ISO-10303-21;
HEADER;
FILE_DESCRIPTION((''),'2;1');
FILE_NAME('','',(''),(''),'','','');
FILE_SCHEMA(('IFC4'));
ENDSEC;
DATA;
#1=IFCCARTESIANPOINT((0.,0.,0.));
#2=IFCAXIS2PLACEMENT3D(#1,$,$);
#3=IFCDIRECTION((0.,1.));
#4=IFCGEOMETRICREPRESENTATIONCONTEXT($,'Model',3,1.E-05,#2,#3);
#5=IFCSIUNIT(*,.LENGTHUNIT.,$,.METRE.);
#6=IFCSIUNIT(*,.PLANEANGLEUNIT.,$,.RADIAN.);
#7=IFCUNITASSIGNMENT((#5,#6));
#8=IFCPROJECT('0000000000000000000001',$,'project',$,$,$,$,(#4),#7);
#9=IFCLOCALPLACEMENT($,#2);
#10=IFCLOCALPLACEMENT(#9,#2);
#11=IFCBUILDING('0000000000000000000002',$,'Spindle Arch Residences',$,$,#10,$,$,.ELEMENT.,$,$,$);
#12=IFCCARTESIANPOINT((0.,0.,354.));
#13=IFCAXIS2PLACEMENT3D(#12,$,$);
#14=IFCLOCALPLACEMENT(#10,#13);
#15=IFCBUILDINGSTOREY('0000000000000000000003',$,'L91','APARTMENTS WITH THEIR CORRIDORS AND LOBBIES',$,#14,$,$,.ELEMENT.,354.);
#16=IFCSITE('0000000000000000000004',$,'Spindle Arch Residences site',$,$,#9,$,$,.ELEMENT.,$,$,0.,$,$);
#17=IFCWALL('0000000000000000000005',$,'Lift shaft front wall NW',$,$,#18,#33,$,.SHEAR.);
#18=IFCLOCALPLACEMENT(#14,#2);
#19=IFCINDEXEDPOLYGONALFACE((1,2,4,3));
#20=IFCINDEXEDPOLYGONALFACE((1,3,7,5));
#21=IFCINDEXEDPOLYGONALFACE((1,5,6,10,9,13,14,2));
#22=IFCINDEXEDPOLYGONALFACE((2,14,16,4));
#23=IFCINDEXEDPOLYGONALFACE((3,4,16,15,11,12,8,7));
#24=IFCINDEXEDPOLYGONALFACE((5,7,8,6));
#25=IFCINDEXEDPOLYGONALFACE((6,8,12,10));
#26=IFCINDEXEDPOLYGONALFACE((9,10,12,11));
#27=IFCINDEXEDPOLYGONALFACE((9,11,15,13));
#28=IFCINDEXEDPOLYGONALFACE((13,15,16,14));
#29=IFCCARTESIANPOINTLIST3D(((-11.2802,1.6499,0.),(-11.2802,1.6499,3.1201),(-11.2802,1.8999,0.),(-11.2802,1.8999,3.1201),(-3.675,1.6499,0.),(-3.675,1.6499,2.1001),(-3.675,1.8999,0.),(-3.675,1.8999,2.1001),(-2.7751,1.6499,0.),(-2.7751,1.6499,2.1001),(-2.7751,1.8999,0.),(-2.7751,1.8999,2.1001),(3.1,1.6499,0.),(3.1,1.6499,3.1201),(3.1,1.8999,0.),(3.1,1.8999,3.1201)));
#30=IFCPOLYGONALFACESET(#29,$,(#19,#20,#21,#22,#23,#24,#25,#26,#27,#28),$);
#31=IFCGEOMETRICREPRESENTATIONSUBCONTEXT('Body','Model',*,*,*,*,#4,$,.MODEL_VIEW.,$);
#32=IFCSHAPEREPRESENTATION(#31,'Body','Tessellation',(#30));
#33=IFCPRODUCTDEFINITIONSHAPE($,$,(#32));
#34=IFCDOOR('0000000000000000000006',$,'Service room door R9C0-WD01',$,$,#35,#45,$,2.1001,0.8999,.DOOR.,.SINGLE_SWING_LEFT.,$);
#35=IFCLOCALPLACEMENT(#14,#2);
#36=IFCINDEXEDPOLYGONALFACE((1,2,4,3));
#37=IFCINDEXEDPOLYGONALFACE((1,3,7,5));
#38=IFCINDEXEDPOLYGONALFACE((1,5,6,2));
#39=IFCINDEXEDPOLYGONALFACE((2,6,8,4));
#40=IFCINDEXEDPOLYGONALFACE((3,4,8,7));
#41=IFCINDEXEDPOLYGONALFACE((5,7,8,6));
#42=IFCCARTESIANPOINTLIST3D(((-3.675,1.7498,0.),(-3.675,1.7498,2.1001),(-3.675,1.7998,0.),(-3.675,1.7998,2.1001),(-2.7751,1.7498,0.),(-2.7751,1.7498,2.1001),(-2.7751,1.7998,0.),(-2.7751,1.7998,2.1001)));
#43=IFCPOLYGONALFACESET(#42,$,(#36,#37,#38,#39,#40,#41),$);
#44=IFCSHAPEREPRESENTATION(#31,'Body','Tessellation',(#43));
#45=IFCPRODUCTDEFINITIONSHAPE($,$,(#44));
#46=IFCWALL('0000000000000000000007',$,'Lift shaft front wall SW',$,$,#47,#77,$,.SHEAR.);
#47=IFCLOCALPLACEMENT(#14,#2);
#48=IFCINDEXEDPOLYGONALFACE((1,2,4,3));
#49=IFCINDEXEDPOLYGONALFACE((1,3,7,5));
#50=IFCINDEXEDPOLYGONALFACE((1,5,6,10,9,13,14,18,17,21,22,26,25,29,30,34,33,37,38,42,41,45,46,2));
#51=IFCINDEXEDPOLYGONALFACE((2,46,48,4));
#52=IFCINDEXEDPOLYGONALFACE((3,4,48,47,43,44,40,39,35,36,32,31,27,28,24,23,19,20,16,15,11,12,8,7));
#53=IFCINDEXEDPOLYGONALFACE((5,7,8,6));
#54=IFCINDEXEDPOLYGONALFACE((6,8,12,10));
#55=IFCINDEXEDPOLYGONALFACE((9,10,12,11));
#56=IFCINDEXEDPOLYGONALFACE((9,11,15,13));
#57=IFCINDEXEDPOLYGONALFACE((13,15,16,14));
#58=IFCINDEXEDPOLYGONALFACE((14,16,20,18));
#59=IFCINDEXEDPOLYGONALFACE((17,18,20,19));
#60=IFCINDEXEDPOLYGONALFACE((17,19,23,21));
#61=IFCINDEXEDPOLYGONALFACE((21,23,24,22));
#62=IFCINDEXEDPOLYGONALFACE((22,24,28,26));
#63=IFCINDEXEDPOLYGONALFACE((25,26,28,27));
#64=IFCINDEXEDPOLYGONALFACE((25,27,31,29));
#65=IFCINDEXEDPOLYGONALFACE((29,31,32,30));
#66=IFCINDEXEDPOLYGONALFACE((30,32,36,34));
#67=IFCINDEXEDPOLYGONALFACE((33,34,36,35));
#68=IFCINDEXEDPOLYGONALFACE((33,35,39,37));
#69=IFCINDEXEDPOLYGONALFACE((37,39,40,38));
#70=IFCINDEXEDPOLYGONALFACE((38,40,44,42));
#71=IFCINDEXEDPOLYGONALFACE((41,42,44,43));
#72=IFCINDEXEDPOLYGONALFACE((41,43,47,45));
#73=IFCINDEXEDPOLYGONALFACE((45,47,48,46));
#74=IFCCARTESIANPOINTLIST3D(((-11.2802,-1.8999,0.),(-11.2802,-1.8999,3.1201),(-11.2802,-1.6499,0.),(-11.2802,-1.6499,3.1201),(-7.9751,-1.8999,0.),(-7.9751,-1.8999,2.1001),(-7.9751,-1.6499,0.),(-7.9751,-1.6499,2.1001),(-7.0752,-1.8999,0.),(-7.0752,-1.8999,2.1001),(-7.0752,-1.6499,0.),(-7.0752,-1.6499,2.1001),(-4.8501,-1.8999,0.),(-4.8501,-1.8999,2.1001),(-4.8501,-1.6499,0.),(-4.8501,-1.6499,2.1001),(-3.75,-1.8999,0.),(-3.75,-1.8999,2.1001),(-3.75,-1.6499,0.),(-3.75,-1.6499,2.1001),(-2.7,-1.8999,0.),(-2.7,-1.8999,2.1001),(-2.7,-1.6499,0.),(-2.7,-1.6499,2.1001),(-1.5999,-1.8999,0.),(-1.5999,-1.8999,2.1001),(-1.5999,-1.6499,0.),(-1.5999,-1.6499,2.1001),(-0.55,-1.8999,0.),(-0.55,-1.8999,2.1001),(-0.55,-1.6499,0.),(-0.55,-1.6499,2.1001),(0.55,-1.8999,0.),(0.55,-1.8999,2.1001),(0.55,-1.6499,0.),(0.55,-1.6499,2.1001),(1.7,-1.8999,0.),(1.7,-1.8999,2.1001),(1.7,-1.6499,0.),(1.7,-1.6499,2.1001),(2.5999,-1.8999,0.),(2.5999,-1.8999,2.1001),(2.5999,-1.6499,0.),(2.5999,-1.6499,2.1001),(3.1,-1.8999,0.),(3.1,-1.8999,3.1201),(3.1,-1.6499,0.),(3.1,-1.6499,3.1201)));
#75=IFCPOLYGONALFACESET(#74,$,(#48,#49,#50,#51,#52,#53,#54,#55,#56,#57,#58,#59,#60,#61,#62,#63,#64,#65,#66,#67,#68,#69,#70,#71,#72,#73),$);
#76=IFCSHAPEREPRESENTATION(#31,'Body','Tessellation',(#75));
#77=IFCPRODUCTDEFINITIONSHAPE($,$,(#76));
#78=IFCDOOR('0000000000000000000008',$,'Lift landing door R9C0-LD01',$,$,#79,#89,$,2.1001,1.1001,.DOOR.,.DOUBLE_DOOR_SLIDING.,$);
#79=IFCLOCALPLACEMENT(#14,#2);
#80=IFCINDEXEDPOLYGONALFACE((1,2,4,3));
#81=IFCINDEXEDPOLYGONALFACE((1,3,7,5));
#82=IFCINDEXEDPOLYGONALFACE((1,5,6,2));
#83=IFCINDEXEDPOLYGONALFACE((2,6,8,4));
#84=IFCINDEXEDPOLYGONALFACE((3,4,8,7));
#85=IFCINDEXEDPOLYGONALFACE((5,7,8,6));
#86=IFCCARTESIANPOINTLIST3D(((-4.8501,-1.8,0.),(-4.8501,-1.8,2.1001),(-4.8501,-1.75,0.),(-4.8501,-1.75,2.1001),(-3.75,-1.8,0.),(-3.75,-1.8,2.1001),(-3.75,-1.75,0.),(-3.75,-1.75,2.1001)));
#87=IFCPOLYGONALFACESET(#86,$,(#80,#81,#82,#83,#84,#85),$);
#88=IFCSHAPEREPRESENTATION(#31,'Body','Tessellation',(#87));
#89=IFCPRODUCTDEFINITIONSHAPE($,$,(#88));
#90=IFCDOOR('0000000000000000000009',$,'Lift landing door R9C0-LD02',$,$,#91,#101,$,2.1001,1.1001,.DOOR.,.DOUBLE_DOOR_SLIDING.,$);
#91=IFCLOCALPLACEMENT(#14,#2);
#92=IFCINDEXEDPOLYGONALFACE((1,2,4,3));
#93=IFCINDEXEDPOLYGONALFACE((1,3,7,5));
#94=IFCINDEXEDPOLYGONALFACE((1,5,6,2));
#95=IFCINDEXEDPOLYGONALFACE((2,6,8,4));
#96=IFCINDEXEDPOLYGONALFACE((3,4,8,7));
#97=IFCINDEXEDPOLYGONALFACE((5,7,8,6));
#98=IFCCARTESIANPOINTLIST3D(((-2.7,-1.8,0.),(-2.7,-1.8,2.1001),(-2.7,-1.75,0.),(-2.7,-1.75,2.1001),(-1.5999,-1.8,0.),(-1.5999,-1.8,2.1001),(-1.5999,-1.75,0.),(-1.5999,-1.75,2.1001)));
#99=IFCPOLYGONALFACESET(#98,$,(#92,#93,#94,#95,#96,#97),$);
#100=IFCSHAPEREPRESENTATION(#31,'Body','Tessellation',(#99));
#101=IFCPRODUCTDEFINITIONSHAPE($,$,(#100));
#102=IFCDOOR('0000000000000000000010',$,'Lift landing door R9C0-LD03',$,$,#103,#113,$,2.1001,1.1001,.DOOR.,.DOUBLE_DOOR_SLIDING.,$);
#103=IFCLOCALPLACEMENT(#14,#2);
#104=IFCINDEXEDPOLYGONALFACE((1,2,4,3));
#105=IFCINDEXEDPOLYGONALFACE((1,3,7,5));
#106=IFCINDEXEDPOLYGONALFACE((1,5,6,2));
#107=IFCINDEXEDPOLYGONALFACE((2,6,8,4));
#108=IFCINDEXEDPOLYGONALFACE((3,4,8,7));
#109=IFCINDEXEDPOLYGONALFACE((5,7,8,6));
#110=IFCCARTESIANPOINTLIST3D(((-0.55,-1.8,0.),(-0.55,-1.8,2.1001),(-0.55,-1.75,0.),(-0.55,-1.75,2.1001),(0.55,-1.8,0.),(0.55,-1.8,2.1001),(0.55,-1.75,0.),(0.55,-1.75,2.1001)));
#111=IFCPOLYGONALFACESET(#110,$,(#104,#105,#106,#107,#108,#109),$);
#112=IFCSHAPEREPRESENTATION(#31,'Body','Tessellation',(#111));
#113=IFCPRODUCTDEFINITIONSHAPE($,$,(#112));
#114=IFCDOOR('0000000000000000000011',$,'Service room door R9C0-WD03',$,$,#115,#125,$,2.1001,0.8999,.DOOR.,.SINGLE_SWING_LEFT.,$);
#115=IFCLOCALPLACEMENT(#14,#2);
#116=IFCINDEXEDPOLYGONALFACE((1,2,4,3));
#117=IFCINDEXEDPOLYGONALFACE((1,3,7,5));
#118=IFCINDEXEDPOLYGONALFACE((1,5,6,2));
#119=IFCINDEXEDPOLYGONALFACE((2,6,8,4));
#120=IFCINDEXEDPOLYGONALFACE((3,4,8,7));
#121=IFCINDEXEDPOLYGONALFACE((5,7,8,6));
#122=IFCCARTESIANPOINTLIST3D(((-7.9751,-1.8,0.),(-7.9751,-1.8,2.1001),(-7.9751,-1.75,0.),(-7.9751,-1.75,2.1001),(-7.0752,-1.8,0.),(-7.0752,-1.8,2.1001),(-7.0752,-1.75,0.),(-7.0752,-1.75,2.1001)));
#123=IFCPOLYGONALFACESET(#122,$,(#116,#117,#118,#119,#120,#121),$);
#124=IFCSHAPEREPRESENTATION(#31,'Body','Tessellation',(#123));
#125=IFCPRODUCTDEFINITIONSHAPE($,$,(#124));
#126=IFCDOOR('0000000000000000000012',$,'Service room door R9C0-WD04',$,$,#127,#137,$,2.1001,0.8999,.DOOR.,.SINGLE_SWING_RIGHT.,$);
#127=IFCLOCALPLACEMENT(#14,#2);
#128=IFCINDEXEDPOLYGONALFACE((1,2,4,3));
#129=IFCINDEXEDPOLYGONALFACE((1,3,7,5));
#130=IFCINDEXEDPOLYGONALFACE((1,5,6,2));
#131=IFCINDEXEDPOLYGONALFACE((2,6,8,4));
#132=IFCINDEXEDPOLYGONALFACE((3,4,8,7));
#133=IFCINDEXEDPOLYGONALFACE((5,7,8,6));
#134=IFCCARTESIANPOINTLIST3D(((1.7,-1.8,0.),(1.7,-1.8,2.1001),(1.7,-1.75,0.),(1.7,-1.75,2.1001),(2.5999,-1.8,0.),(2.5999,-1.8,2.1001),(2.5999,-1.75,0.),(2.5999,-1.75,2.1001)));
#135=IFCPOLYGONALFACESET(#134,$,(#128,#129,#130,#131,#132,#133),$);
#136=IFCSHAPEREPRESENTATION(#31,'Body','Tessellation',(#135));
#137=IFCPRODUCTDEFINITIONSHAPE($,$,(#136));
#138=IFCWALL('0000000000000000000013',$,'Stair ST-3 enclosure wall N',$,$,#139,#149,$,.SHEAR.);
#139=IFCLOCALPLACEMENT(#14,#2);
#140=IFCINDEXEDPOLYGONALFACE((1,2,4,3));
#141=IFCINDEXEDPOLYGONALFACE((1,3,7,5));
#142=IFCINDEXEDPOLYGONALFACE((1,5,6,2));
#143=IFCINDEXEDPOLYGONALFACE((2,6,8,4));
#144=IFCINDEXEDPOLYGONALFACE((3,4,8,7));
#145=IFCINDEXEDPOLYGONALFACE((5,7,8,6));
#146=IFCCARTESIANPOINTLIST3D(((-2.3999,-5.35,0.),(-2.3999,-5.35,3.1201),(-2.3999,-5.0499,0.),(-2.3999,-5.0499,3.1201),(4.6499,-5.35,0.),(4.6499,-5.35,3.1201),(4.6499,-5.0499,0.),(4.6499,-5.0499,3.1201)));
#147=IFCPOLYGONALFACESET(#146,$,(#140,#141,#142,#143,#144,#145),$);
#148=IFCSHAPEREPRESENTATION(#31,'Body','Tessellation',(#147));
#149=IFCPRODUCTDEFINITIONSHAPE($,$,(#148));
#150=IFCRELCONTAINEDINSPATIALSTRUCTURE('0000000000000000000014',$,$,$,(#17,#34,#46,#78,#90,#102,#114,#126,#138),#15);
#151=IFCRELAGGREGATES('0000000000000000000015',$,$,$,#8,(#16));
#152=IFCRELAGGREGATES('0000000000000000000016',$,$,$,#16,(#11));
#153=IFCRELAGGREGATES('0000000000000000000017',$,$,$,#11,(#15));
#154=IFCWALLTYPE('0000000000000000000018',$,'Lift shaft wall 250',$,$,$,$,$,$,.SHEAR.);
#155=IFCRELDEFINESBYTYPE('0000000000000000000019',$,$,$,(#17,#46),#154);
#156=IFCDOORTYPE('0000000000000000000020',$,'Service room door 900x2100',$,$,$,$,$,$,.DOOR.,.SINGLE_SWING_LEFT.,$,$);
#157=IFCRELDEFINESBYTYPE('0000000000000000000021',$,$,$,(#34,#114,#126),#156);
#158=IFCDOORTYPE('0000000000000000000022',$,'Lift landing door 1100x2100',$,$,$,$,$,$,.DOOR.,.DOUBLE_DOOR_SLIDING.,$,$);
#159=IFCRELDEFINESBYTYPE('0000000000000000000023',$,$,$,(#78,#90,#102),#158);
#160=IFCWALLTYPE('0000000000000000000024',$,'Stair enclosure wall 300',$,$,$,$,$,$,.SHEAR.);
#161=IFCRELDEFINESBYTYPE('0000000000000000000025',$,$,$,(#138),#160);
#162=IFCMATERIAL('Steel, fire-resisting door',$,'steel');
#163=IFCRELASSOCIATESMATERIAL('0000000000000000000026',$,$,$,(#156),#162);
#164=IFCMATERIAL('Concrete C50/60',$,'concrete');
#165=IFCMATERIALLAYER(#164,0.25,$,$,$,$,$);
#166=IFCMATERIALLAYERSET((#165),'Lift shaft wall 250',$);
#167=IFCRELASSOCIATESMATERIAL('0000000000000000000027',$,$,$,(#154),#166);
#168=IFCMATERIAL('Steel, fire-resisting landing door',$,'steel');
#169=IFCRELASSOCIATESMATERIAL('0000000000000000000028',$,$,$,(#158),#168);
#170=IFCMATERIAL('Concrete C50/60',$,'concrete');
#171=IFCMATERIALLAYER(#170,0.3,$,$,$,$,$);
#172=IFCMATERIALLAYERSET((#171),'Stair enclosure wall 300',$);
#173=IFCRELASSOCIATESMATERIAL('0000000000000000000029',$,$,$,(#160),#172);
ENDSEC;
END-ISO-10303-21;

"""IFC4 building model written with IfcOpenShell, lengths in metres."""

from ifc_helpers import new_model, si_unit, direction, frame, frame_2d, origin, place, context, subcontext, project, spatial, rectangle, extrude, material, layer, layer_set, type_object, element, fill, save


model = new_model("IFC4")

# Units and contexts
model_context = context("Model", 3, precision=1e-05, world=origin(), true_north=direction((0.0, 1.0)))
body_context = subcontext(model_context, "Body", "Model", "MODEL_VIEW")
ifc_project = project(units=[si_unit("LENGTHUNIT", "METRE"), si_unit("PLANEANGLEUNIT", "RADIAN")], contexts=[model_context])

# Site, building, storey
site_placement = place(None, origin())
site = spatial("IfcSite", under=ifc_project, at=site_placement, Name="Spindle Arch Residences site", CompositionType="ELEMENT", RefElevation=0.0)
building_placement = place(site_placement, origin())
building = spatial("IfcBuilding", under=site, at=building_placement, Name="Spindle Arch Residences", CompositionType="ELEMENT")
storey_placement = place(building_placement, frame((0.0, 0.0, 354.0)))
storey = spatial("IfcBuildingStorey", under=building, at=storey_placement, Name="L91", Description="APARTMENTS WITH THEIR CORRIDORS AND LOBBIES", CompositionType="ELEMENT", Elevation=354.0)

# Shared definitions
ifc_material_1 = material(Name="Steel, fire-resisting door", Category="steel")
door_type_1 = type_object("IfcDoorType", Name="Service room door 900x2100", OperationType="SINGLE_SWING_LEFT", PredefinedType="DOOR", material=ifc_material_1)

# Wall, opening, door
ifc_material_2 = material(Name="Concrete C50/60", Category="concrete")
ifc_layer_1 = layer(ifc_material_2, 0.25)
ifc_layer_set_1 = layer_set([ifc_layer_1], Name="Lift shaft wall 250")
wall_type_1 = type_object("IfcWallType", Name="Lift shaft wall 250", PredefinedType="SHEAR", material=ifc_layer_set_1)
wall_1_placement = place(storey_placement, frame((-11.28, 1.7749, 0.0), z_axis=(0.0, 0.0, 1.0), x_axis=(1.0, 0.0, 0.0)))
wall_1 = element("IfcWall", 1, at=wall_1_placement, inside=storey, type_object=wall_type_1, Name="Lift shaft front wall NW", PredefinedType="SHEAR", context=body_context, shape_type="SweptSolid", body=[
    extrude(rectangle(XDim=14.3801, YDim=0.25, at=frame_2d((7.1899, 0.0))), origin(), (0.0, 0.0, 1.0), 3.1201),
])
opening_1_placement = place(wall_1_placement, frame((7.605, 0.0, 0.0)))
opening_1 = element("IfcOpeningElement", 2, at=opening_1_placement, cuts=wall_1, PredefinedType="OPENING", context=body_context, shape_type="SweptSolid", body=[
    extrude(rectangle(XDim=0.8999, YDim=2.1001, at=frame_2d((0.45, 1.05))), frame((0.0, 0.135, 0.0), z_axis=(0.0, -1.0, 0.0), x_axis=(1.0, 0.0, 0.0)), (0.0, 0.0, 1.0), 0.27),
])
door_1_placement = place(opening_1_placement, origin())
door_1 = element("IfcDoor", 3, at=door_1_placement, inside=storey, type_object=door_type_1, Name="Service room door R9C0-WD01", OperationType="SINGLE_SWING_LEFT", OverallHeight=2.1001, OverallWidth=0.8999, PredefinedType="DOOR", context=body_context, shape_type="SweptSolid", body=[
    extrude(rectangle(XDim=0.8999, YDim=2.1001, at=frame_2d((0.45, 1.05))), frame((0.0, 0.0249, 0.0), z_axis=(0.0, -1.0, 0.0), x_axis=(1.0, 0.0, 0.0)), (0.0, 0.0, 1.0), 0.05),
])
fill(opening_1, door_1)

# Wall, openings, doors
wall_2_placement = place(storey_placement, frame((-11.28, -1.7749, 0.0), z_axis=(0.0, 0.0, 1.0), x_axis=(1.0, 0.0, 0.0)))
wall_2 = element("IfcWall", 4, at=wall_2_placement, inside=storey, type_object=wall_type_1, Name="Lift shaft front wall SW", PredefinedType="SHEAR", context=body_context, shape_type="SweptSolid", body=[
    extrude(rectangle(XDim=14.3801, YDim=0.25, at=frame_2d((7.1899, 0.0))), origin(), (0.0, 0.0, 1.0), 3.1201),
])
opening_2_placement = place(wall_2_placement, frame((6.4299, 0.0, 0.0)))
opening_2 = element("IfcOpeningElement", 5, at=opening_2_placement, cuts=wall_2, PredefinedType="OPENING", context=body_context, shape_type="SweptSolid", body=[
    extrude(rectangle(XDim=1.1001, YDim=2.1001, at=frame_2d((0.55, 1.05))), frame((0.0, 0.135, 0.0), z_axis=(0.0, -1.0, 0.0), x_axis=(1.0, 0.0, 0.0)), (0.0, 0.0, 1.0), 0.27),
])
opening_3_placement = place(wall_2_placement, frame((8.5801, 0.0, 0.0)))
opening_3 = element("IfcOpeningElement", 6, at=opening_3_placement, cuts=wall_2, PredefinedType="OPENING", context=body_context, shape_type="SweptSolid", body=[
    extrude(rectangle(XDim=1.1001, YDim=2.1001, at=frame_2d((0.55, 1.05))), frame((0.0, 0.135, 0.0), z_axis=(0.0, -1.0, 0.0), x_axis=(1.0, 0.0, 0.0)), (0.0, 0.0, 1.0), 0.27),
])
opening_4_placement = place(wall_2_placement, frame((10.73, 0.0, 0.0)))
opening_4 = element("IfcOpeningElement", 7, at=opening_4_placement, cuts=wall_2, PredefinedType="OPENING", context=body_context, shape_type="SweptSolid", body=[
    extrude(rectangle(XDim=1.1001, YDim=2.1001, at=frame_2d((0.55, 1.05))), frame((0.0, 0.135, 0.0), z_axis=(0.0, -1.0, 0.0), x_axis=(1.0, 0.0, 0.0)), (0.0, 0.0, 1.0), 0.27),
])
opening_5_placement = place(wall_2_placement, frame((3.3049, 0.0, 0.0)))
opening_5 = element("IfcOpeningElement", 8, at=opening_5_placement, cuts=wall_2, PredefinedType="OPENING", context=body_context, shape_type="SweptSolid", body=[
    extrude(rectangle(XDim=0.8999, YDim=2.1001, at=frame_2d((0.45, 1.05))), frame((0.0, 0.135, 0.0), z_axis=(0.0, -1.0, 0.0), x_axis=(1.0, 0.0, 0.0)), (0.0, 0.0, 1.0), 0.27),
])
opening_6_placement = place(wall_2_placement, frame((12.98, 0.0, 0.0)))
opening_6 = element("IfcOpeningElement", 9, at=opening_6_placement, cuts=wall_2, PredefinedType="OPENING", context=body_context, shape_type="SweptSolid", body=[
    extrude(rectangle(XDim=0.8999, YDim=2.1001, at=frame_2d((0.45, 1.05))), frame((0.0, 0.135, 0.0), z_axis=(0.0, -1.0, 0.0), x_axis=(1.0, 0.0, 0.0)), (0.0, 0.0, 1.0), 0.27),
])
ifc_material_3 = material(Name="Steel, fire-resisting landing door", Category="steel")
door_type_2 = type_object("IfcDoorType", Name="Lift landing door 1100x2100", OperationType="DOUBLE_DOOR_SLIDING", PredefinedType="DOOR", material=ifc_material_3)
door_2_placement = place(opening_2_placement, origin())
door_2 = element("IfcDoor", 10, at=door_2_placement, inside=storey, type_object=door_type_2, Name="Lift landing door R9C0-LD01", OperationType="DOUBLE_DOOR_SLIDING", OverallHeight=2.1001, OverallWidth=1.1001, PredefinedType="DOOR", context=body_context, shape_type="SweptSolid", body=[
    extrude(rectangle(XDim=1.1001, YDim=2.1001, at=frame_2d((0.55, 1.05))), frame((0.0, 0.0249, 0.0), z_axis=(0.0, -1.0, 0.0), x_axis=(1.0, 0.0, 0.0)), (0.0, 0.0, 1.0), 0.05),
])
fill(opening_2, door_2)
door_3_placement = place(opening_3_placement, origin())
door_3 = element("IfcDoor", 11, at=door_3_placement, inside=storey, type_object=door_type_2, Name="Lift landing door R9C0-LD02", OperationType="DOUBLE_DOOR_SLIDING", OverallHeight=2.1001, OverallWidth=1.1001, PredefinedType="DOOR", context=body_context, shape_type="SweptSolid", body=[
    extrude(rectangle(XDim=1.1001, YDim=2.1001, at=frame_2d((0.55, 1.05))), frame((0.0, 0.0249, 0.0), z_axis=(0.0, -1.0, 0.0), x_axis=(1.0, 0.0, 0.0)), (0.0, 0.0, 1.0), 0.05),
])
fill(opening_3, door_3)
door_4_placement = place(opening_4_placement, origin())
door_4 = element("IfcDoor", 12, at=door_4_placement, inside=storey, type_object=door_type_2, Name="Lift landing door R9C0-LD03", OperationType="DOUBLE_DOOR_SLIDING", OverallHeight=2.1001, OverallWidth=1.1001, PredefinedType="DOOR", context=body_context, shape_type="SweptSolid", body=[
    extrude(rectangle(XDim=1.1001, YDim=2.1001, at=frame_2d((0.55, 1.05))), frame((0.0, 0.0249, 0.0), z_axis=(0.0, -1.0, 0.0), x_axis=(1.0, 0.0, 0.0)), (0.0, 0.0, 1.0), 0.05),
])
fill(opening_4, door_4)
door_5_placement = place(opening_5_placement, origin())
door_5 = element("IfcDoor", 13, at=door_5_placement, inside=storey, type_object=door_type_1, Name="Service room door R9C0-WD03", OperationType="SINGLE_SWING_LEFT", OverallHeight=2.1001, OverallWidth=0.8999, PredefinedType="DOOR", context=body_context, shape_type="SweptSolid", body=[
    extrude(rectangle(XDim=0.8999, YDim=2.1001, at=frame_2d((0.45, 1.05))), frame((0.0, 0.0249, 0.0), z_axis=(0.0, -1.0, 0.0), x_axis=(1.0, 0.0, 0.0)), (0.0, 0.0, 1.0), 0.05),
])
fill(opening_5, door_5)
door_6_placement = place(opening_6_placement, origin())
door_6 = element("IfcDoor", 14, at=door_6_placement, inside=storey, type_object=door_type_1, Name="Service room door R9C0-WD04", OperationType="SINGLE_SWING_RIGHT", OverallHeight=2.1001, OverallWidth=0.8999, PredefinedType="DOOR", context=body_context, shape_type="SweptSolid", body=[
    extrude(rectangle(XDim=0.8999, YDim=2.1001, at=frame_2d((0.45, 1.05))), frame((0.0, 0.0249, 0.0), z_axis=(0.0, -1.0, 0.0), x_axis=(1.0, 0.0, 0.0)), (0.0, 0.0, 1.0), 0.05),
])
fill(opening_6, door_6)

# Wall
ifc_material_4 = material(Name="Concrete C50/60", Category="concrete")
ifc_layer_2 = layer(ifc_material_4, 0.3)
ifc_layer_set_2 = layer_set([ifc_layer_2], Name="Stair enclosure wall 300")
wall_type_2 = type_object("IfcWallType", Name="Stair enclosure wall 300", PredefinedType="SHEAR", material=ifc_layer_set_2)
wall_3_placement = place(storey_placement, frame((-2.3999, -5.2, 0.0), z_axis=(0.0, 0.0, 1.0), x_axis=(1.0, 0.0, 0.0)))
element("IfcWall", 15, at=wall_3_placement, inside=storey, type_object=wall_type_2, Name="Stair ST-3 enclosure wall N", PredefinedType="SHEAR", context=body_context, shape_type="SweptSolid", body=[
    extrude(rectangle(XDim=7.0498, YDim=0.3, at=frame_2d((3.5249, 0.0))), origin(), (0.0, 0.0, 1.0), 3.1201),
])

save(model, "model.ifc")
